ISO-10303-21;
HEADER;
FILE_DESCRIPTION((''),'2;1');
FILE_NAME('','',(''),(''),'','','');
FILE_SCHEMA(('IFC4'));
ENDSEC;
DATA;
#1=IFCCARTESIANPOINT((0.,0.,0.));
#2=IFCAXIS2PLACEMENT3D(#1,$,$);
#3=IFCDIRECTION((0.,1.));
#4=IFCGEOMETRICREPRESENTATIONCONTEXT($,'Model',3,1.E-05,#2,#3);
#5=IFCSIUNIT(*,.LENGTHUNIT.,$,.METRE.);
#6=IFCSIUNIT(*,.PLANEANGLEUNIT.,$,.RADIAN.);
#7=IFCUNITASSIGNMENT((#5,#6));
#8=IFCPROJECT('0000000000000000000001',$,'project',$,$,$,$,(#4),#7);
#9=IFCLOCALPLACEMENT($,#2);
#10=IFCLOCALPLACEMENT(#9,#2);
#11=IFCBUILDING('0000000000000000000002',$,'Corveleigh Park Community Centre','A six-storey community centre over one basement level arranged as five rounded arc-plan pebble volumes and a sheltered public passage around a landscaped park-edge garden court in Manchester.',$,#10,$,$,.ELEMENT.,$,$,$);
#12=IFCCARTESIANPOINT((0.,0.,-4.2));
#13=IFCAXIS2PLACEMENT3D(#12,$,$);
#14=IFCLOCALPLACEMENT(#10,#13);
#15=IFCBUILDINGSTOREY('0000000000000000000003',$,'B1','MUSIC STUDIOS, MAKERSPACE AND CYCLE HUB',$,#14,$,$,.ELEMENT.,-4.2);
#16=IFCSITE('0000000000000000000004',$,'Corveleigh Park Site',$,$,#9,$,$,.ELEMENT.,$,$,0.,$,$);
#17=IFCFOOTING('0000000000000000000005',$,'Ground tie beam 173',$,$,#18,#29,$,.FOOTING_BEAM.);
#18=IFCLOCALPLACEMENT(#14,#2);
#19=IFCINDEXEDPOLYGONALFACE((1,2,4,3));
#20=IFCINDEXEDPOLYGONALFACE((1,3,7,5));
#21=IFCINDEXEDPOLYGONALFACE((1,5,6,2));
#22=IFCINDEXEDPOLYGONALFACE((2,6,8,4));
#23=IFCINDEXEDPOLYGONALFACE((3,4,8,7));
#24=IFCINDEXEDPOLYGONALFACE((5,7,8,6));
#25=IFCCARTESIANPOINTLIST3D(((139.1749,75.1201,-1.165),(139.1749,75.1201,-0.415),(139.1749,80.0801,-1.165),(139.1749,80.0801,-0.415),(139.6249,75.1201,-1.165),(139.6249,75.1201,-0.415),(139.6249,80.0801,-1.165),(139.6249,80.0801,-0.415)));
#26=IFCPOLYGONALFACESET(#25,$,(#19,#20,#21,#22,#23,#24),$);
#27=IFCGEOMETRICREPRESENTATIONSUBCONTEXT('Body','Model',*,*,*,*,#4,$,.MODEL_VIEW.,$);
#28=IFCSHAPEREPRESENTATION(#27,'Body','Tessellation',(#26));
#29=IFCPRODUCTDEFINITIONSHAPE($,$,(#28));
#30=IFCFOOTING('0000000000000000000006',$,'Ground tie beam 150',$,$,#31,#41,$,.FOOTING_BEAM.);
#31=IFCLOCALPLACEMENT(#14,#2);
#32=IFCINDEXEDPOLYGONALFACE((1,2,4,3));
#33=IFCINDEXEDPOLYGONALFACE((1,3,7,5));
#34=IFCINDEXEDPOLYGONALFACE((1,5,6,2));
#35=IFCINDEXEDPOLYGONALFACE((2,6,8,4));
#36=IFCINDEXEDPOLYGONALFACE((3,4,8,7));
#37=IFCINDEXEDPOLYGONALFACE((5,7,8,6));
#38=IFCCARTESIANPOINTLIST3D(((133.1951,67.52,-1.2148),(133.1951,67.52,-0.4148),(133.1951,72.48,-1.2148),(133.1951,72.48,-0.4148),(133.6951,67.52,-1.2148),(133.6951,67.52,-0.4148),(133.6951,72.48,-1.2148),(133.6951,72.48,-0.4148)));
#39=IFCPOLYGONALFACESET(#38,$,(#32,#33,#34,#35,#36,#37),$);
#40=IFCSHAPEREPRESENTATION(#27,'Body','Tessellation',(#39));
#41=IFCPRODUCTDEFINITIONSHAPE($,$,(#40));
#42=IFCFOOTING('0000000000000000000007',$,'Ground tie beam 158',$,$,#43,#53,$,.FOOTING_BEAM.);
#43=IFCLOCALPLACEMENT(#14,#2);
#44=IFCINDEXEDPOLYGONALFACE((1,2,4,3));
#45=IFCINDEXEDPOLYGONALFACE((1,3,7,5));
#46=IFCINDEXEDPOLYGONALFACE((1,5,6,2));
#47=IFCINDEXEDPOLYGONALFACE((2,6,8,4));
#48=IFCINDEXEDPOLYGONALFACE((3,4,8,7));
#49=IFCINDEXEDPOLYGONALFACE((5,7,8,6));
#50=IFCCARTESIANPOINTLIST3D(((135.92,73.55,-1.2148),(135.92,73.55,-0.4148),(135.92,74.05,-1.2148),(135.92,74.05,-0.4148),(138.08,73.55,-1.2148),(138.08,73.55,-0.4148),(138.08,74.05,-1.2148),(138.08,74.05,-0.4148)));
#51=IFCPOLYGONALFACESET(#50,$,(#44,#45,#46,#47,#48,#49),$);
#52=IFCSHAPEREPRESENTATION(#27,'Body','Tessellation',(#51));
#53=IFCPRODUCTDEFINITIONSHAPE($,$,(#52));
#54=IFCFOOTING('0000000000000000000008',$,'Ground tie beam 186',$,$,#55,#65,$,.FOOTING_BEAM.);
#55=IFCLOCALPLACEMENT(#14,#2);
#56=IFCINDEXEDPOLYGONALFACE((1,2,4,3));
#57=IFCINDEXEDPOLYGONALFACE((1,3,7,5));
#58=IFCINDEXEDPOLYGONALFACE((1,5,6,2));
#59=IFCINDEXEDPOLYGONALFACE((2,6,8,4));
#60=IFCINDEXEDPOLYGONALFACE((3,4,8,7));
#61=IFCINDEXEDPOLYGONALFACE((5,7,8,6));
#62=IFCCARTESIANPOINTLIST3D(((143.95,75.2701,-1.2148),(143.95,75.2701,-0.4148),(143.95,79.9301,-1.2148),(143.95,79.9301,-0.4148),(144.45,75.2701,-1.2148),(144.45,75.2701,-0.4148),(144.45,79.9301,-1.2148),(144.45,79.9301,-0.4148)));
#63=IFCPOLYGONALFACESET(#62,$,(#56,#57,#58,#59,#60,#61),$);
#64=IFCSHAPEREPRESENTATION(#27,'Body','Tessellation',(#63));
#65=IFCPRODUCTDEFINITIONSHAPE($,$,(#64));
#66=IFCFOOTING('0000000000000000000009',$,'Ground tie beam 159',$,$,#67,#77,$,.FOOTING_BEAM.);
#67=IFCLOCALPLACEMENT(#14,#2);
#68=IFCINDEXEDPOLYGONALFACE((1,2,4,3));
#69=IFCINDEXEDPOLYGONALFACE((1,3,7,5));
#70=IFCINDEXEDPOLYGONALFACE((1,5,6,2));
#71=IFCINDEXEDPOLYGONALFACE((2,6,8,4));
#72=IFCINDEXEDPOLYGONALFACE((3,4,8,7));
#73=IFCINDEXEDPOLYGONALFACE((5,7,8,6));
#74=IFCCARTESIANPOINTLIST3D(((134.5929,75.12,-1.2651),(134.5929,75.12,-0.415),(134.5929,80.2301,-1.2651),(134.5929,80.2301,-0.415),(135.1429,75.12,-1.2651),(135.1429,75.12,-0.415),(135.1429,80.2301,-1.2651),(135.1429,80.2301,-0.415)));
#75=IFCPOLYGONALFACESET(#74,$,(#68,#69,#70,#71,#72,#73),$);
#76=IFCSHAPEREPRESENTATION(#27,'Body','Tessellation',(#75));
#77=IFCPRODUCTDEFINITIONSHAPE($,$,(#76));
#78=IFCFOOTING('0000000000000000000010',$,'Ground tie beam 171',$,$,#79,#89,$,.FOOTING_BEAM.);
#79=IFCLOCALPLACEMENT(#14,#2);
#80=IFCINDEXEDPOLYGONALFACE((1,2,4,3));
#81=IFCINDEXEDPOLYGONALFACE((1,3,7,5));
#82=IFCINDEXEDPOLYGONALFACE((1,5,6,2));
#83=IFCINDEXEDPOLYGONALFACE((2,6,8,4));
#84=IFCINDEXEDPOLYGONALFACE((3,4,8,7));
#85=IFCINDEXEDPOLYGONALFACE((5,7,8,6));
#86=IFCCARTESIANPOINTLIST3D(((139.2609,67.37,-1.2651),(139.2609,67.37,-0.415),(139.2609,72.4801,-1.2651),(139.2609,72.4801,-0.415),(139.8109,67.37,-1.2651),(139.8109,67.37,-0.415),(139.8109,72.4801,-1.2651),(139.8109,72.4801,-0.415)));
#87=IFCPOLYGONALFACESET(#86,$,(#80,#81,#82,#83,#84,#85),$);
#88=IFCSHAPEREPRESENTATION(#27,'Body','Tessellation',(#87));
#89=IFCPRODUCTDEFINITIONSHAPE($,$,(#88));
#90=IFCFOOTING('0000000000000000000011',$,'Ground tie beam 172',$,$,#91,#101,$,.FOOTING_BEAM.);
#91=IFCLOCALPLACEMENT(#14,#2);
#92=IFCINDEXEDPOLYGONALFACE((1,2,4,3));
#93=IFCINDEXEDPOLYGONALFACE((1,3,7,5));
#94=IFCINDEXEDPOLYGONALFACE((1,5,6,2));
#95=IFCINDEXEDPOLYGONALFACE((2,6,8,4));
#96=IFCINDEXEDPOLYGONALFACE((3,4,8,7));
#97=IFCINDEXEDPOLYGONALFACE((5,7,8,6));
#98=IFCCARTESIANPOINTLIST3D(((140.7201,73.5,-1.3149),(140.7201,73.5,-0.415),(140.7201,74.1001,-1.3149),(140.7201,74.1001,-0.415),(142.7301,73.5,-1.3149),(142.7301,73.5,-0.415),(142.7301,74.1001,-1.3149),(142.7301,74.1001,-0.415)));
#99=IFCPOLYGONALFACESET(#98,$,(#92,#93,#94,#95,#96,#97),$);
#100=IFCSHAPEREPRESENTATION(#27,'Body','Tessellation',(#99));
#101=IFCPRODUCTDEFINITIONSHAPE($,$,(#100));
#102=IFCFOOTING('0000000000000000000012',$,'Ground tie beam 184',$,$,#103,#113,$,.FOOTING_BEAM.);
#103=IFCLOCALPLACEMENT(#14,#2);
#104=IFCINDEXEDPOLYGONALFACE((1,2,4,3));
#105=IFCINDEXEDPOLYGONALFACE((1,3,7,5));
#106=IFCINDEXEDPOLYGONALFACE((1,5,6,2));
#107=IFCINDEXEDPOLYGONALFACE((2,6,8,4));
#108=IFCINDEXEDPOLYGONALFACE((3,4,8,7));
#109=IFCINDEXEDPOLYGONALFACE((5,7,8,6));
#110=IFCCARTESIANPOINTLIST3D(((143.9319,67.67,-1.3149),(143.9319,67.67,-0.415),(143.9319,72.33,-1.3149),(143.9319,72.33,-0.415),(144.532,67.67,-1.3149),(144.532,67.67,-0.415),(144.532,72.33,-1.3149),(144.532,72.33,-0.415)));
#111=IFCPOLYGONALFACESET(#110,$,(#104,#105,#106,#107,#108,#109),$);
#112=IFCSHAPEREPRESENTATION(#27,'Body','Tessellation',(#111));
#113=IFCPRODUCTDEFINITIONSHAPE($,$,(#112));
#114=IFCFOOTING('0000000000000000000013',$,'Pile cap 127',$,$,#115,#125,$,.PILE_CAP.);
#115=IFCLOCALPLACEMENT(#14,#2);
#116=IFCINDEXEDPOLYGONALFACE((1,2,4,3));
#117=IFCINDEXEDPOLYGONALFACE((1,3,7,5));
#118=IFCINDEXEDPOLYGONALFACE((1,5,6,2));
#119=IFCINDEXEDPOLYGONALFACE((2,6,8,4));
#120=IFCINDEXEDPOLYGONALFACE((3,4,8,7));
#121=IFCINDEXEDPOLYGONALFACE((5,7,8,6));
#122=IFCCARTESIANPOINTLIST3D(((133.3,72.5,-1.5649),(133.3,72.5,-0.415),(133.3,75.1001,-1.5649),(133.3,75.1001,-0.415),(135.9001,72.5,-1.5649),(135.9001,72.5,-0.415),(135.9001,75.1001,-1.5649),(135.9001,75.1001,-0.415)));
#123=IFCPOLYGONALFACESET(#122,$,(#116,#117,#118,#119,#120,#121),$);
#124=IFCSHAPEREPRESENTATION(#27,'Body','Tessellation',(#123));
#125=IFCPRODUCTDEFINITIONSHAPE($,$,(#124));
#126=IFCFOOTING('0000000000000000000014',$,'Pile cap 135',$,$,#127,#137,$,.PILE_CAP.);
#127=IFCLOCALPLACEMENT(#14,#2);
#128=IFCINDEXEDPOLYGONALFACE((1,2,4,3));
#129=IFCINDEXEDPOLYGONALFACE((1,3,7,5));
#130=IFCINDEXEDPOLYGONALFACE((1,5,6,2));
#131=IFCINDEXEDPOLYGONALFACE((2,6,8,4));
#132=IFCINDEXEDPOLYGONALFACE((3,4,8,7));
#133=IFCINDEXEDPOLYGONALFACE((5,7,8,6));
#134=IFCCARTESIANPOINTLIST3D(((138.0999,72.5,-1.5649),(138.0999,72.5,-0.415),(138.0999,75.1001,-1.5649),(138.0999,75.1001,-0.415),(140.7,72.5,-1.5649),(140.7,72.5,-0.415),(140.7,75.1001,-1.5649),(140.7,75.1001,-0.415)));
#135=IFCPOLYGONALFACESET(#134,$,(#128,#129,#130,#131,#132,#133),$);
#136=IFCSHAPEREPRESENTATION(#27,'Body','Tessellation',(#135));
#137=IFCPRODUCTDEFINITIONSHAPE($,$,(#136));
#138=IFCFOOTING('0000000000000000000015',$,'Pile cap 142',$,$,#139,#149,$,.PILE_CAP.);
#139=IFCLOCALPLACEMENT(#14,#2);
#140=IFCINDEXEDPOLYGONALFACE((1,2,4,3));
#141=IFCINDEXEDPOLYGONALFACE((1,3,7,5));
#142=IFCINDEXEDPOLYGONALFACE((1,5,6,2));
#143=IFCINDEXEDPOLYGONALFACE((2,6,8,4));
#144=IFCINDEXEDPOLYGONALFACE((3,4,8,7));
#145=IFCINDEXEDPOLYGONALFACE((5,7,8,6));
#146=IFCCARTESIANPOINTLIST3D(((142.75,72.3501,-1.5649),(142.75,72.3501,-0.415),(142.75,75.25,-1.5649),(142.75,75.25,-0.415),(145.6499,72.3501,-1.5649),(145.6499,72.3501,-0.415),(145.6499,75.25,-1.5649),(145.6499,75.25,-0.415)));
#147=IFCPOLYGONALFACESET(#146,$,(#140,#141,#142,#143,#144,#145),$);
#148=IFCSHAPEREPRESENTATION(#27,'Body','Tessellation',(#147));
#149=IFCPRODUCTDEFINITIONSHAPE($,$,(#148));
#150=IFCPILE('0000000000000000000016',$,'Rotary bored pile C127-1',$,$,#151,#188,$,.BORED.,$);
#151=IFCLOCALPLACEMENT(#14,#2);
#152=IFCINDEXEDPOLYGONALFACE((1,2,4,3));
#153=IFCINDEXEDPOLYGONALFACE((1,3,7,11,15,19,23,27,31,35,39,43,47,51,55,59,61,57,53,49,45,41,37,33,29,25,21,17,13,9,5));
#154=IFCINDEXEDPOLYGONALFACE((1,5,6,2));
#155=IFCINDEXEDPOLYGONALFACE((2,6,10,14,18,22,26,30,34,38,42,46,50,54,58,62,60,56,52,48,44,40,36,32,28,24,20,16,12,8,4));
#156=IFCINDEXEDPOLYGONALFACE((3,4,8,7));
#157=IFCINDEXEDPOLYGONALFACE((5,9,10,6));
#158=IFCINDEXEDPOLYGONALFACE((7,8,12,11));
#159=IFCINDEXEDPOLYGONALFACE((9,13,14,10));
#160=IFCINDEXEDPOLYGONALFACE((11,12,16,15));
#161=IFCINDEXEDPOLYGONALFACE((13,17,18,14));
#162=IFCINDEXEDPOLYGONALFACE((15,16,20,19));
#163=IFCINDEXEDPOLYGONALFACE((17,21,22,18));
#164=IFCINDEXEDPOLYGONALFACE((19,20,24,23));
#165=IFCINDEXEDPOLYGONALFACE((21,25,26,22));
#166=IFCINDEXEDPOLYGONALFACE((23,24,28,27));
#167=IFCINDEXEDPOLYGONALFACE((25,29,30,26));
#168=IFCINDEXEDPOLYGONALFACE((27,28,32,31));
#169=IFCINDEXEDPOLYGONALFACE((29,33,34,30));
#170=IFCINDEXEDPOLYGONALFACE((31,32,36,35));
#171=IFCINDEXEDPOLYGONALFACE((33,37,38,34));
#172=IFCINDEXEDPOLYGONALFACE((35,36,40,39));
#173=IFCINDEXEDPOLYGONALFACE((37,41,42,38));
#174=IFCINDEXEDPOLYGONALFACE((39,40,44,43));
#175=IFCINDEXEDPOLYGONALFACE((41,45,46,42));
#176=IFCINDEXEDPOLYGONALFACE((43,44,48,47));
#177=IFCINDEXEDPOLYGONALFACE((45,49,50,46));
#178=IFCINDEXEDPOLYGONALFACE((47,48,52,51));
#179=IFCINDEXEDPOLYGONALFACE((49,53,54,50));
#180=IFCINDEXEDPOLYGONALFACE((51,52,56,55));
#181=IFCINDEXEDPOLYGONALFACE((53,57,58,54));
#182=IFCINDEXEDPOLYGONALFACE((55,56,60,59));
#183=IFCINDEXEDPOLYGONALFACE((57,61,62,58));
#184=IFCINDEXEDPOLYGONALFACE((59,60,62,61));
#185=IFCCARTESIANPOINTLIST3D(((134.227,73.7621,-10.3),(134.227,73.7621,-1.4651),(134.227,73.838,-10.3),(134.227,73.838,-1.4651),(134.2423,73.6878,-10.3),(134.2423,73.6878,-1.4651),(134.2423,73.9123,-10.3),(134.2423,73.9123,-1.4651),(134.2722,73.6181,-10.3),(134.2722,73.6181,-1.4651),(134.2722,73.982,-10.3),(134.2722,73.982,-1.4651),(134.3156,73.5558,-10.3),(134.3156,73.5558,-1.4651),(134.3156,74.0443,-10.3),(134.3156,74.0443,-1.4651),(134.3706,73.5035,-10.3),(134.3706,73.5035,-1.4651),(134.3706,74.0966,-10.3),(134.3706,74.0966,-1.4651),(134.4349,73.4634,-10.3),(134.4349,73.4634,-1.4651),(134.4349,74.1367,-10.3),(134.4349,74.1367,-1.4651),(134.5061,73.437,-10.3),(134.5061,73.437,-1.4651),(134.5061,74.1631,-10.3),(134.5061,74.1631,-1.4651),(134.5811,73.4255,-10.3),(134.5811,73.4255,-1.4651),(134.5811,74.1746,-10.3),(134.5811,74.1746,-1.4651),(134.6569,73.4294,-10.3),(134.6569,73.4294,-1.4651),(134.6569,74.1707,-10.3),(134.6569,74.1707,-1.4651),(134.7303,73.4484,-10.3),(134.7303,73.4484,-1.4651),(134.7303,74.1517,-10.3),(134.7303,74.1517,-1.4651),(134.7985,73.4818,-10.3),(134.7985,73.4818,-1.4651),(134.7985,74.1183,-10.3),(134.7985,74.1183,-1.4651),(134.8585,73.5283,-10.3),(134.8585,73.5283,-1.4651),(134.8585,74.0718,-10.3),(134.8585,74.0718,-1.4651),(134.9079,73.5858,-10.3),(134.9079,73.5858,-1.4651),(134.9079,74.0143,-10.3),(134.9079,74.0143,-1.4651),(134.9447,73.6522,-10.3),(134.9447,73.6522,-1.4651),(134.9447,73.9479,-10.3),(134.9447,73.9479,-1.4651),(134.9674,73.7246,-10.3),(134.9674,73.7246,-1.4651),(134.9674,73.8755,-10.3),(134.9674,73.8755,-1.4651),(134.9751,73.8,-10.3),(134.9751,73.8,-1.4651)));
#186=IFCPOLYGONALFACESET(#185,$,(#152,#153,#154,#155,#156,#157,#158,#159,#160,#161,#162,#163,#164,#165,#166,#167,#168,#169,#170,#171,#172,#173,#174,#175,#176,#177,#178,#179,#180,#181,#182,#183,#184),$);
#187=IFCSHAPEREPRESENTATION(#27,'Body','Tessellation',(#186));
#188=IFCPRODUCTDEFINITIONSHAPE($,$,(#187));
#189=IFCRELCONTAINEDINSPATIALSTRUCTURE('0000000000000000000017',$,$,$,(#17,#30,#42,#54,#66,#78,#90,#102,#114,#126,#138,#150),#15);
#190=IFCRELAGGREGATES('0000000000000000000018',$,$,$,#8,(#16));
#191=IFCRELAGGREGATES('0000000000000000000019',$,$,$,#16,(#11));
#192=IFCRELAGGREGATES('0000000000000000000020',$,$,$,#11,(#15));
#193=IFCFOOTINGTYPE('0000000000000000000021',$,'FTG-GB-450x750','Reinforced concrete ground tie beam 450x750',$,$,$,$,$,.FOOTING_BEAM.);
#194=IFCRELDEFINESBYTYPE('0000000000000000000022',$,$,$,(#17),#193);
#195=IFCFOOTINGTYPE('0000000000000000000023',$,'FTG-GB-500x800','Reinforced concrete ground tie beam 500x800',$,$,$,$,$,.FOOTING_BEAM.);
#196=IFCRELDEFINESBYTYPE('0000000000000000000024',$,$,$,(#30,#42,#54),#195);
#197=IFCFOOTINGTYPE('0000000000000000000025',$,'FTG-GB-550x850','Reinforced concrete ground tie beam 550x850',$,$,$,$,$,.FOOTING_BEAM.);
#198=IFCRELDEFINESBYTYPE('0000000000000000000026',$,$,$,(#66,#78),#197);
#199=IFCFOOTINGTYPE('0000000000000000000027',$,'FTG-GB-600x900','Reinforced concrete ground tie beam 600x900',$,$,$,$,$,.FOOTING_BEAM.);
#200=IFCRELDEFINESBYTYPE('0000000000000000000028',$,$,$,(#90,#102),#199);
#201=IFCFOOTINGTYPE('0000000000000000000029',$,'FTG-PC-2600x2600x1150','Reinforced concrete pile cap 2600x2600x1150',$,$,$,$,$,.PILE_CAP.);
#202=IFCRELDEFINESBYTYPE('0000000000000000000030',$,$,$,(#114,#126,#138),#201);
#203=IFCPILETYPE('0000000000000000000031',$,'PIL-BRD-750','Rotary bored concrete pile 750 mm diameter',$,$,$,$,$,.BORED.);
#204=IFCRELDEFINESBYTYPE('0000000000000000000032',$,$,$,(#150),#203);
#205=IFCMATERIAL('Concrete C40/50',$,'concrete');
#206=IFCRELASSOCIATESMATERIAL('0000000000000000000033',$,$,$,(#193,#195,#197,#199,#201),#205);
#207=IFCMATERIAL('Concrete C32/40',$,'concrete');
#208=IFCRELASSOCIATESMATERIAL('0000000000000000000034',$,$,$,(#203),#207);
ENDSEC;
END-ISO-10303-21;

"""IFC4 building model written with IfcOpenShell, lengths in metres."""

from ifc_helpers import new_model, si_unit, direction, frame, origin, origin_2d, place, context, subcontext, project, spatial, rectangle, circle, extrude, material, material_profile, profile_set, type_object, element, save


model = new_model("IFC4")

# Units and contexts
model_context = context("Model", 3, precision=1e-05, world=origin(), true_north=direction((0.0, 1.0)))
body_context = subcontext(model_context, "Body", "Model", "MODEL_VIEW")
ifc_project = project(units=[si_unit("LENGTHUNIT", "METRE"), si_unit("PLANEANGLEUNIT", "RADIAN")], contexts=[model_context])

# Site, building, storey
site_placement = place(None, origin())
site = spatial("IfcSite", under=ifc_project, at=site_placement, Name="Corveleigh Park Site", CompositionType="ELEMENT", RefElevation=0.0)
building_placement = place(site_placement, origin())
building = spatial("IfcBuilding", under=site, at=building_placement, Name="Corveleigh Park Community Centre", Description="A six-storey community centre over one basement level arranged as five rounded arc-plan pebble volumes and a sheltered public passage around a landscaped park-edge garden court in Manchester.", CompositionType="ELEMENT")
storey_placement = place(building_placement, frame((0.0, 0.0, -4.2)))
storey = spatial("IfcBuildingStorey", under=building, at=storey_placement, Name="B1", Description="MUSIC STUDIOS, MAKERSPACE AND CYCLE HUB", CompositionType="ELEMENT", Elevation=-4.2)

# Footings
ifc_material_1 = material(Name="Concrete C40/50", Category="concrete")
footing_type_1 = type_object("IfcFootingType", Name="FTG-GB-450x750", Description="Reinforced concrete ground tie beam 450x750", PredefinedType="FOOTING_BEAM", material=ifc_material_1)
footing_1_placement = place(storey_placement, frame((139.3999, 77.6001, -1.165), z_axis=(0.0, 0.0, 1.0), x_axis=(1.0, 0.0, 0.0)))
element("IfcFooting", 1, at=footing_1_placement, inside=storey, type_object=footing_type_1, Name="Ground tie beam 173", PredefinedType="FOOTING_BEAM", context=body_context, shape_type="SweptSolid", body=[
    extrude(rectangle(XDim=0.45, YDim=4.96, at=origin_2d()), origin(), (0.0, 0.0, 1.0), 0.75),
])
footing_type_2 = type_object("IfcFootingType", Name="FTG-GB-500x800", Description="Reinforced concrete ground tie beam 500x800", PredefinedType="FOOTING_BEAM", material=ifc_material_1)
footing_2_placement = place(storey_placement, frame((133.4451, 70.0, -1.2148), z_axis=(0.0, 0.0, 1.0), x_axis=(1.0, 0.0, 0.0)))
element("IfcFooting", 2, at=footing_2_placement, inside=storey, type_object=footing_type_2, Name="Ground tie beam 150", PredefinedType="FOOTING_BEAM", context=body_context, shape_type="SweptSolid", body=[
    extrude(rectangle(XDim=0.5, YDim=4.96, at=origin_2d()), origin(), (0.0, 0.0, 1.0), 0.8),
])
footing_3_placement = place(storey_placement, frame((137.0, 73.8, -1.2148), z_axis=(0.0, 0.0, 1.0), x_axis=(1.0, 0.0, 0.0)))
element("IfcFooting", 3, at=footing_3_placement, inside=storey, type_object=footing_type_2, Name="Ground tie beam 158", PredefinedType="FOOTING_BEAM", context=body_context, shape_type="SweptSolid", body=[
    extrude(rectangle(XDim=2.1599, YDim=0.5, at=origin_2d()), origin(), (0.0, 0.0, 1.0), 0.8),
])
footing_4_placement = place(storey_placement, frame((144.2, 77.6001, -1.2148), z_axis=(0.0, 0.0, 1.0), x_axis=(1.0, 0.0, 0.0)))
element("IfcFooting", 4, at=footing_4_placement, inside=storey, type_object=footing_type_2, Name="Ground tie beam 186", PredefinedType="FOOTING_BEAM", context=body_context, shape_type="SweptSolid", body=[
    extrude(rectangle(XDim=0.5, YDim=4.6599, at=origin_2d()), origin(), (0.0, 0.0, 1.0), 0.8),
])
footing_type_3 = type_object("IfcFootingType", Name="FTG-GB-550x850", Description="Reinforced concrete ground tie beam 550x850", PredefinedType="FOOTING_BEAM", material=ifc_material_1)
for number, where, z_axis, x_axis, name in (
    (5, (134.8679, 77.675, -1.2651), (0.0, 0.0, 1.0), (1.0, 0.0, 0.0), "Ground tie beam 159"),
    (6, (139.5359, 69.925, -1.2651), (0.0, 0.0, 1.0), (1.0, 0.0, 0.0), "Ground tie beam 171"),
):
    element("IfcFooting", number, at=place(storey_placement, frame(where, z_axis=z_axis, x_axis=x_axis)), inside=storey, type_object=footing_type_3, Name=name, PredefinedType="FOOTING_BEAM", context=body_context, shape_type="SweptSolid", body=[
        extrude(rectangle(XDim=0.55, YDim=5.1101, at=origin_2d()), origin(), (0.0, 0.0, 1.0), 0.8501),
    ])
footing_type_4 = type_object("IfcFootingType", Name="FTG-GB-600x900", Description="Reinforced concrete ground tie beam 600x900", PredefinedType="FOOTING_BEAM", material=ifc_material_1)
footing_5_placement = place(storey_placement, frame((141.7251, 73.8, -1.3149), z_axis=(0.0, 0.0, 1.0), x_axis=(1.0, 0.0, 0.0)))
element("IfcFooting", 7, at=footing_5_placement, inside=storey, type_object=footing_type_4, Name="Ground tie beam 172", PredefinedType="FOOTING_BEAM", context=body_context, shape_type="SweptSolid", body=[
    extrude(rectangle(XDim=2.01, YDim=0.6001, at=origin_2d()), origin(), (0.0, 0.0, 1.0), 0.8999),
])
footing_6_placement = place(storey_placement, frame((144.2319, 70.0, -1.3149), z_axis=(0.0, 0.0, 1.0), x_axis=(1.0, 0.0, 0.0)))
element("IfcFooting", 8, at=footing_6_placement, inside=storey, type_object=footing_type_4, Name="Ground tie beam 184", PredefinedType="FOOTING_BEAM", context=body_context, shape_type="SweptSolid", body=[
    extrude(rectangle(XDim=0.6001, YDim=4.6599, at=origin_2d()), origin(), (0.0, 0.0, 1.0), 0.8999),
])
footing_type_5 = type_object("IfcFootingType", Name="FTG-PC-2600x2600x1150", Description="Reinforced concrete pile cap 2600x2600x1150", PredefinedType="PILE_CAP", material=ifc_material_1)
for number, where, z_axis, x_axis, name in (
    (9, (134.6001, 73.8, -1.5649), (0.0, 0.0, 1.0), (1.0, 0.0, 0.0), "Pile cap 127"),
    (10, (139.3999, 73.8, -1.5649), (0.0, 0.0, 1.0), (1.0, 0.0, 0.0), "Pile cap 135"),
):
    element("IfcFooting", number, at=place(storey_placement, frame(where, z_axis=z_axis, x_axis=x_axis)), inside=storey, type_object=footing_type_5, Name=name, PredefinedType="PILE_CAP", context=body_context, shape_type="SweptSolid", body=[
        extrude(rectangle(XDim=2.6001, YDim=2.6001, at=origin_2d()), origin(), (0.0, 0.0, 1.0), 1.1499),
    ])
footing_7_placement = place(storey_placement, frame((144.2, 73.8, -1.5649), z_axis=(0.0, 0.0, 1.0), x_axis=(1.0, 0.0, 0.0)))
element("IfcFooting", 11, at=footing_7_placement, inside=storey, type_object=footing_type_5, Name="Pile cap 142", PredefinedType="PILE_CAP", context=body_context, shape_type="SweptSolid", body=[
    extrude(rectangle(XDim=2.8999, YDim=2.8999, at=origin_2d()), origin(), (0.0, 0.0, 1.0), 1.1499),
])

# Pile
ifc_material_2 = material(Name="Concrete C32/40", Category="concrete")
ifc_material_profile_1 = material_profile(ifc_material_2, circle(Radius=0.375, at=origin_2d()), Name="BORED-PILE-750", Category="concrete")
ifc_profile_set_1 = profile_set([ifc_material_profile_1], Name="Concrete C32/40")
pile_type_1 = type_object("IfcPileType", Name="PIL-BRD-750", Description="Rotary bored concrete pile 750 mm diameter", PredefinedType="BORED", material=ifc_profile_set_1)
pile_placement = place(storey_placement, frame((134.6001, 73.8, -1.4651), z_axis=(0.0, 0.0, -1.0), x_axis=(1.0, 0.0, 0.0)))
element("IfcPile", 12, at=pile_placement, inside=storey, type_object=pile_type_1, Name="Rotary bored pile C127-1", PredefinedType="BORED", context=body_context, shape_type="SweptSolid", body=[
    extrude(circle(Radius=0.375, at=origin_2d()), origin(), (0.0, 0.0, 1.0), 8.835),
])

save(model, "model.ifc")
